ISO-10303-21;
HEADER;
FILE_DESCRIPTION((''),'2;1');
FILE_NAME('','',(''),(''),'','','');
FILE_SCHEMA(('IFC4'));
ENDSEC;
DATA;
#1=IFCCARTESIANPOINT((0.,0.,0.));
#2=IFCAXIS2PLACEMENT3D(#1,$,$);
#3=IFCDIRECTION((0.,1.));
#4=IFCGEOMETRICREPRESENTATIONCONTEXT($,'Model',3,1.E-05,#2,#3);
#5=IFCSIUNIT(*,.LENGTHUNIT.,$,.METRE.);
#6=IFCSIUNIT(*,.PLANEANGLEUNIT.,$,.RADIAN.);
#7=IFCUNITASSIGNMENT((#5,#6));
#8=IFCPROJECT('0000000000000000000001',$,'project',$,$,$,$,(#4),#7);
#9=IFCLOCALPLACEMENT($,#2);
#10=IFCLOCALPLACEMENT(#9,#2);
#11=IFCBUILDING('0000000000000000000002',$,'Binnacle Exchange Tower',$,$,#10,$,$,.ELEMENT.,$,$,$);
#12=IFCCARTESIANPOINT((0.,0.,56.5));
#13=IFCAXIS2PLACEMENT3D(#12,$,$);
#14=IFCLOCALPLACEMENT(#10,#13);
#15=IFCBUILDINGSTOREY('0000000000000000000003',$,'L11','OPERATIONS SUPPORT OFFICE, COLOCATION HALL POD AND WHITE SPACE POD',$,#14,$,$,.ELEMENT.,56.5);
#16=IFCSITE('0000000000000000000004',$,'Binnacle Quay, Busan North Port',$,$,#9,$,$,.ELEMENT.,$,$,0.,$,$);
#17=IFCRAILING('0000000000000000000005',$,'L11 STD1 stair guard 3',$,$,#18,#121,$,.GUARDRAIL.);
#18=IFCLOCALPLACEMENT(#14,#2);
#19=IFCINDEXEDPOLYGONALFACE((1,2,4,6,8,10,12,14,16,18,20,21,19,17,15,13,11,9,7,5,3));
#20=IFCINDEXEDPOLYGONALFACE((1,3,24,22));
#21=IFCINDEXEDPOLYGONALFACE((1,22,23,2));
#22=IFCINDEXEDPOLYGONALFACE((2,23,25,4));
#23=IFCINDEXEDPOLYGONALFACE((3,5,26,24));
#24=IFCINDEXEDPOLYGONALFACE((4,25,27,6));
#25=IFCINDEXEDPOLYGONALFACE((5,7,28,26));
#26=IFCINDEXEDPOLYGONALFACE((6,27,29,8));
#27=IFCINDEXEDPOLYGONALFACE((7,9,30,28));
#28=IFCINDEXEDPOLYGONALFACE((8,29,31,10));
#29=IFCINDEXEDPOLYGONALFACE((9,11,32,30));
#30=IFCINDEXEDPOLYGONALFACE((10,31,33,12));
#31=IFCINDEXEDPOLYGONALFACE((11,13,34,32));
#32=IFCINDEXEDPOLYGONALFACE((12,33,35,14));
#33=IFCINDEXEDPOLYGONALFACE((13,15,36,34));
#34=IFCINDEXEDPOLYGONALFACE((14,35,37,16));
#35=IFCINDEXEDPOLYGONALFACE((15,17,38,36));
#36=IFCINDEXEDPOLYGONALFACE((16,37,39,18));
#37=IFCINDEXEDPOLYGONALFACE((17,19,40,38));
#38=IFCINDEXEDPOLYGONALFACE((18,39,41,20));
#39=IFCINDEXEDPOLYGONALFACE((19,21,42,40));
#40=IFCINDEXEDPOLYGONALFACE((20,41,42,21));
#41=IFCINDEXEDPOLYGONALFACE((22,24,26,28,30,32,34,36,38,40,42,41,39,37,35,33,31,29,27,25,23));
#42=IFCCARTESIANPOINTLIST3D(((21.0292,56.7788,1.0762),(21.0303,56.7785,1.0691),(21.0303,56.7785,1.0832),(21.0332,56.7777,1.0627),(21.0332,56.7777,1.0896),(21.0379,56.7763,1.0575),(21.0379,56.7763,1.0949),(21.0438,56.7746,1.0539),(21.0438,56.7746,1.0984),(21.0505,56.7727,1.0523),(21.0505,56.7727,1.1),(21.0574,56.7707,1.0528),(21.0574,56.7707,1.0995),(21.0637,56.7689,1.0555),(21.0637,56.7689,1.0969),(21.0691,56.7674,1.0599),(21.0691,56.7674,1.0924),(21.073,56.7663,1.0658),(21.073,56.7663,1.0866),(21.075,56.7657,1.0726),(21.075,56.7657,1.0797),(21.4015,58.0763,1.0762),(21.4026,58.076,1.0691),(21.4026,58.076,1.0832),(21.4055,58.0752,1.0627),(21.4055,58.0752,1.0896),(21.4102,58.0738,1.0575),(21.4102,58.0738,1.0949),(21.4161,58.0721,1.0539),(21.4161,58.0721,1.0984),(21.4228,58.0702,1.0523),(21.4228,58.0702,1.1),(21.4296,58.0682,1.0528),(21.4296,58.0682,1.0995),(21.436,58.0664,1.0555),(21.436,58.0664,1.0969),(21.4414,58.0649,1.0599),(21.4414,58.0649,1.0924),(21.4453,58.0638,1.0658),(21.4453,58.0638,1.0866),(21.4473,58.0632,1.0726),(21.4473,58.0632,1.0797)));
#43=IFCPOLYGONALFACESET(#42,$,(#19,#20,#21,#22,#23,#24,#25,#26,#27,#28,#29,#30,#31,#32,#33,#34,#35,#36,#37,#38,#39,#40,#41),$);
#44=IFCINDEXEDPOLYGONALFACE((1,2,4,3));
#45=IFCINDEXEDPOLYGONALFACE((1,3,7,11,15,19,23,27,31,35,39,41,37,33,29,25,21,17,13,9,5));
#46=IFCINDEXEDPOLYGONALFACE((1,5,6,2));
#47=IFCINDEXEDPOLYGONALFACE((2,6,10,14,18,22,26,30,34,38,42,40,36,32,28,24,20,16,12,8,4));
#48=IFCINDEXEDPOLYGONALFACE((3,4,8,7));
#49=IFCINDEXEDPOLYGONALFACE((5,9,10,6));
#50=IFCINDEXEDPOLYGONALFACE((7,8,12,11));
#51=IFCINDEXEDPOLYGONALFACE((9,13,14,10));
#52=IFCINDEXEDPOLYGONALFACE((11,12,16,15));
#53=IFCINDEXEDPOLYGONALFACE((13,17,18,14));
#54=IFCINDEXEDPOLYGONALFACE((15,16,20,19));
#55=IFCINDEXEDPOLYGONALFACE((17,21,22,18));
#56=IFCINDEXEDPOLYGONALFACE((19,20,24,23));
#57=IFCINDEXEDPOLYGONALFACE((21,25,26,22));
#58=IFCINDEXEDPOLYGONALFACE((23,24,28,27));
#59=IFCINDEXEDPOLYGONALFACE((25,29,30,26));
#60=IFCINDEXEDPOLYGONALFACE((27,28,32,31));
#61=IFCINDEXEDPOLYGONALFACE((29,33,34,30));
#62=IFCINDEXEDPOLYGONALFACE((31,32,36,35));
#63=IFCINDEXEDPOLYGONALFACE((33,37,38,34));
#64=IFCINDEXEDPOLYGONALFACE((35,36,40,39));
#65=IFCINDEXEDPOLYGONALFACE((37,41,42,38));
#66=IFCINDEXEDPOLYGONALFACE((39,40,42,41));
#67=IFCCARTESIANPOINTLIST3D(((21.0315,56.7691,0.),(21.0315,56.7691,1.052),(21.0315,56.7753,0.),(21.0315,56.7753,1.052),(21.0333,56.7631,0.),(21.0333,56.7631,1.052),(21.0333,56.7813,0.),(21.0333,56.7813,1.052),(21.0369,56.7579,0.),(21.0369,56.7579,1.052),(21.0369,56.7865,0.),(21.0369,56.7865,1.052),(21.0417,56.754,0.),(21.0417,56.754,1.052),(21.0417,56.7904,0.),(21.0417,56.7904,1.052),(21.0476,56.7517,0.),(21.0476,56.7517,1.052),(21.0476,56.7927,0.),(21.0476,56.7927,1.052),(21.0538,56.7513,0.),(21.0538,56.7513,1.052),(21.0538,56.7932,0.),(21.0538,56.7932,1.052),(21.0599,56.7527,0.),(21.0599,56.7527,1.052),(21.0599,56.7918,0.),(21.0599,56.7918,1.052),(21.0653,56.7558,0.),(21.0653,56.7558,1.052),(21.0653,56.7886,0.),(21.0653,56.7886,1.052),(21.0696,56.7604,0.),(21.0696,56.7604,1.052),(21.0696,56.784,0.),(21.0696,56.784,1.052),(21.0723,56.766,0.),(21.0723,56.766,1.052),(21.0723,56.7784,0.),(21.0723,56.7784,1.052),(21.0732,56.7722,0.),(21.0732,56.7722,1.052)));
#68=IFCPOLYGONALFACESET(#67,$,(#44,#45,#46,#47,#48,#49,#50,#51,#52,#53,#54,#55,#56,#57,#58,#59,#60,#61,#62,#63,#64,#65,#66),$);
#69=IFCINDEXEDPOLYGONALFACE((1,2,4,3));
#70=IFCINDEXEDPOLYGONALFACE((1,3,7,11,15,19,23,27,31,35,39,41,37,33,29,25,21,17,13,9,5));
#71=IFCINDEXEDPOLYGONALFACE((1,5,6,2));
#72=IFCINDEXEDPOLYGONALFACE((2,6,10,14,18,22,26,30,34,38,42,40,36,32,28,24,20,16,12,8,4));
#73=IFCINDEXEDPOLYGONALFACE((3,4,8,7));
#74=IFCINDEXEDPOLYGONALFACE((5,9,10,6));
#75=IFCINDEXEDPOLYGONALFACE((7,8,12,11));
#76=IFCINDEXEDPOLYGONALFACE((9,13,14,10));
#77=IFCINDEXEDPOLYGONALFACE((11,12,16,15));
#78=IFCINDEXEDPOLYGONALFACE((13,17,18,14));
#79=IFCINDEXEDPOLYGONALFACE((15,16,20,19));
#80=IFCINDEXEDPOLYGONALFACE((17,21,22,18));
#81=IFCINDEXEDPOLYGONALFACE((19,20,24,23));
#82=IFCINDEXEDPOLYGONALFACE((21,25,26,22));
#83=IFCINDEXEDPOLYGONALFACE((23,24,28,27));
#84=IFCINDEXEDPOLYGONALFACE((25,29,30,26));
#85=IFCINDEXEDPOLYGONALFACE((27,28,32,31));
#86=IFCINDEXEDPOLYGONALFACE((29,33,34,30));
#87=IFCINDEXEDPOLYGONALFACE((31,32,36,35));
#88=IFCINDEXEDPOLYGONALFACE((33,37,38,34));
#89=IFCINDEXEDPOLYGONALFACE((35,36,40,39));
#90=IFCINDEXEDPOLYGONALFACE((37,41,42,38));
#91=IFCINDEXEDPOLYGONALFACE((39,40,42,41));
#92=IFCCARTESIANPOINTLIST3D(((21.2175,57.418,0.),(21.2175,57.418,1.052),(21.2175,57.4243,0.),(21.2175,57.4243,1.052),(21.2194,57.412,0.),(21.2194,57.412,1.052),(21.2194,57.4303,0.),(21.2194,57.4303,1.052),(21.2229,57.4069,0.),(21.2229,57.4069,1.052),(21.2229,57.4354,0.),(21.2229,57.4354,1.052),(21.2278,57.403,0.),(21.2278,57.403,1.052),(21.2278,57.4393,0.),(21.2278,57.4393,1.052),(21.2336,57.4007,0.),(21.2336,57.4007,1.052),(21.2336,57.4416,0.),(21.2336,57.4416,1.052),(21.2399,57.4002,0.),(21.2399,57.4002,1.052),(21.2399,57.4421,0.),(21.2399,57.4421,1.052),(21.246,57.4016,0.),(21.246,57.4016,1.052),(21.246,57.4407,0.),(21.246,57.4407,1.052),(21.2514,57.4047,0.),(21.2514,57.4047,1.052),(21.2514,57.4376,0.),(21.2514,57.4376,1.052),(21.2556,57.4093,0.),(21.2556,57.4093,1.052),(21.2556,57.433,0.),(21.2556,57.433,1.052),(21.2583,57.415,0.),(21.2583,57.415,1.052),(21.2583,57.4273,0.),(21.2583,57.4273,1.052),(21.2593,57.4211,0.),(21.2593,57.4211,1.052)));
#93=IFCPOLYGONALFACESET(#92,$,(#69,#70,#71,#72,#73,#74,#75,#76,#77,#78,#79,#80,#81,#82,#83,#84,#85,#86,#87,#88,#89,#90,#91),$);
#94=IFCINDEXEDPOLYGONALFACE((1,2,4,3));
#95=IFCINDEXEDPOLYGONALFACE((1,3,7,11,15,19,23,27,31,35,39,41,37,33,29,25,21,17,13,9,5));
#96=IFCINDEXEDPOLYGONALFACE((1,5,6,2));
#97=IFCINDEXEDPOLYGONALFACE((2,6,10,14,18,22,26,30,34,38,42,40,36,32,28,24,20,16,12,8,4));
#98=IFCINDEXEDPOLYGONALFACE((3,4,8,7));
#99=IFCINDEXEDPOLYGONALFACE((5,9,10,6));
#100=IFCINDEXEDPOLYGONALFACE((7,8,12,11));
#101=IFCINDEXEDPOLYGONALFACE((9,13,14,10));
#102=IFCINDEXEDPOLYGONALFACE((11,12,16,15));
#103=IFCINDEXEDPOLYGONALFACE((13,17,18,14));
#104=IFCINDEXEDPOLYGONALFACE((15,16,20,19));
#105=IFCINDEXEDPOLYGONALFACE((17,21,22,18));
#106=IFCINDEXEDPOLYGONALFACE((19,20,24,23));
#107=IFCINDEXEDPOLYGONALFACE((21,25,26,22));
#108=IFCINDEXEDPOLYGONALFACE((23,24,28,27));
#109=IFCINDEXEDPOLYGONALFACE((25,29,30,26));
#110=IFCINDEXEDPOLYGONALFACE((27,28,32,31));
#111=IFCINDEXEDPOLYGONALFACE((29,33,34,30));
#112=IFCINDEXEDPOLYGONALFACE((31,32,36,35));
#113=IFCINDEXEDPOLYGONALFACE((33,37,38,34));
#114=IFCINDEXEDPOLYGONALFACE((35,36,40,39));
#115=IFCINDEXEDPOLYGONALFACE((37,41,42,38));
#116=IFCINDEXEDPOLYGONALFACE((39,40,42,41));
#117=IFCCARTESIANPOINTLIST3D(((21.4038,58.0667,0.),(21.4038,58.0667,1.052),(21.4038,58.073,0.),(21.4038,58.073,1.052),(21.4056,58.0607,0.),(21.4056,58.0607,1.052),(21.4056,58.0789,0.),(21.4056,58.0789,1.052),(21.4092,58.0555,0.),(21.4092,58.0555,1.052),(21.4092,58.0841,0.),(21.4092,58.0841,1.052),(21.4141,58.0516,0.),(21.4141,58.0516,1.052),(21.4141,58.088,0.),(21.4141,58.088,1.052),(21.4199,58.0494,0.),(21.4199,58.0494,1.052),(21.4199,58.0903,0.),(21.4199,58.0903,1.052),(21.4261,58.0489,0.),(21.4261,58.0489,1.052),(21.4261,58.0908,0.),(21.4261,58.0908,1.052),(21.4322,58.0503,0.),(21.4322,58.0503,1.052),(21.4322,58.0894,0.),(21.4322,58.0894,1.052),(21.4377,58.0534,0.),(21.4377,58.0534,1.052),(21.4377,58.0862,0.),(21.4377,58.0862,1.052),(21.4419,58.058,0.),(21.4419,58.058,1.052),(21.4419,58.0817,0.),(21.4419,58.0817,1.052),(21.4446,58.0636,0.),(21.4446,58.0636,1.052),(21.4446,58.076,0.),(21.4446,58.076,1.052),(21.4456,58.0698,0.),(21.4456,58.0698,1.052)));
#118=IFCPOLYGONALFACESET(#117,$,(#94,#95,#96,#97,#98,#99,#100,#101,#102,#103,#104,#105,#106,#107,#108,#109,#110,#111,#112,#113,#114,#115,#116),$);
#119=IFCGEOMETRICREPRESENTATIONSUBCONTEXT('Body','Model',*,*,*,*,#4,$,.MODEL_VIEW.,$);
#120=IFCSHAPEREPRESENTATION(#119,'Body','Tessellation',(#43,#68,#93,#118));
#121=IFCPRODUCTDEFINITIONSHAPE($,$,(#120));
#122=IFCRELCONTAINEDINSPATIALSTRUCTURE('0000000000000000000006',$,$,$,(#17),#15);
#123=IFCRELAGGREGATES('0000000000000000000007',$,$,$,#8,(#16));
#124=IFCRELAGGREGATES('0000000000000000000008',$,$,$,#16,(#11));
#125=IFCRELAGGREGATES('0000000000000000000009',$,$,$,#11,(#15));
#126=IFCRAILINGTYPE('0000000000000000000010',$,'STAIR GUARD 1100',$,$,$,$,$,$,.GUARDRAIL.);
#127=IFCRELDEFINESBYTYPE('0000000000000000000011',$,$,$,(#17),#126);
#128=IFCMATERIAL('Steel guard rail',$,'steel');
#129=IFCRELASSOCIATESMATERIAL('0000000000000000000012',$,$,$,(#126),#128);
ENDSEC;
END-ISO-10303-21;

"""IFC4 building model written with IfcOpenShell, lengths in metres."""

from ifc_helpers import new_model, si_unit, direction, frame, origin, origin_2d, place, context, subcontext, project, spatial, circle, extrude, material, type_object, element, save


model = new_model("IFC4")

# Units and contexts
model_context = context("Model", 3, precision=1e-05, world=origin(), true_north=direction((0.0, 1.0)))
body_context = subcontext(model_context, "Body", "Model", "MODEL_VIEW")
ifc_project = project(units=[si_unit("LENGTHUNIT", "METRE"), si_unit("PLANEANGLEUNIT", "RADIAN")], contexts=[model_context])

# Site, building, storey
site_placement = place(None, origin())
site = spatial("IfcSite", under=ifc_project, at=site_placement, Name="Binnacle Quay, Busan North Port", CompositionType="ELEMENT", RefElevation=0.0)
building_placement = place(site_placement, origin())
building = spatial("IfcBuilding", under=site, at=building_placement, Name="Binnacle Exchange Tower", CompositionType="ELEMENT")
storey_placement = place(building_placement, frame((0.0, 0.0, 56.5)))
storey = spatial("IfcBuildingStorey", under=building, at=storey_placement, Name="L11", Description="OPERATIONS SUPPORT OFFICE, COLOCATION HALL POD AND WHITE SPACE POD", CompositionType="ELEMENT", Elevation=56.5)

# Railing
ifc_material_1 = material(Name="Steel guard rail", Category="steel")
railing_type_1 = type_object("IfcRailingType", Name="STAIR GUARD 1100", PredefinedType="GUARDRAIL", material=ifc_material_1)
railing_1_placement = place(storey_placement, frame((21.0522, 56.7722, 0.0)))
element("IfcRailing", 1, at=railing_1_placement, inside=storey, type_object=railing_type_1, Name="L11 STD1 stair guard 3", PredefinedType="GUARDRAIL", context=body_context, shape_type="SweptSolid", body=[
    extrude(circle(Radius=0.0239, at=origin_2d()), frame((0.0, 0.0, 1.0762), z_axis=(0.275796, 0.961216, 0.0), x_axis=(-0.961216, 0.275796, 0.0)), (0.0, 0.0, 1.0), 1.3499),
    extrude(circle(Radius=0.021, at=origin_2d()), origin(), (0.0, 0.0, 1.0), 1.052),
    extrude(circle(Radius=0.021, at=origin_2d()), frame((0.186, 0.6489, 0.0)), (0.0, 0.0, 1.0), 1.052),
    extrude(circle(Radius=0.021, at=origin_2d()), frame((0.3723, 1.2976, 0.0)), (0.0, 0.0, 1.0), 1.052),
])

save(model, "model.ifc")
